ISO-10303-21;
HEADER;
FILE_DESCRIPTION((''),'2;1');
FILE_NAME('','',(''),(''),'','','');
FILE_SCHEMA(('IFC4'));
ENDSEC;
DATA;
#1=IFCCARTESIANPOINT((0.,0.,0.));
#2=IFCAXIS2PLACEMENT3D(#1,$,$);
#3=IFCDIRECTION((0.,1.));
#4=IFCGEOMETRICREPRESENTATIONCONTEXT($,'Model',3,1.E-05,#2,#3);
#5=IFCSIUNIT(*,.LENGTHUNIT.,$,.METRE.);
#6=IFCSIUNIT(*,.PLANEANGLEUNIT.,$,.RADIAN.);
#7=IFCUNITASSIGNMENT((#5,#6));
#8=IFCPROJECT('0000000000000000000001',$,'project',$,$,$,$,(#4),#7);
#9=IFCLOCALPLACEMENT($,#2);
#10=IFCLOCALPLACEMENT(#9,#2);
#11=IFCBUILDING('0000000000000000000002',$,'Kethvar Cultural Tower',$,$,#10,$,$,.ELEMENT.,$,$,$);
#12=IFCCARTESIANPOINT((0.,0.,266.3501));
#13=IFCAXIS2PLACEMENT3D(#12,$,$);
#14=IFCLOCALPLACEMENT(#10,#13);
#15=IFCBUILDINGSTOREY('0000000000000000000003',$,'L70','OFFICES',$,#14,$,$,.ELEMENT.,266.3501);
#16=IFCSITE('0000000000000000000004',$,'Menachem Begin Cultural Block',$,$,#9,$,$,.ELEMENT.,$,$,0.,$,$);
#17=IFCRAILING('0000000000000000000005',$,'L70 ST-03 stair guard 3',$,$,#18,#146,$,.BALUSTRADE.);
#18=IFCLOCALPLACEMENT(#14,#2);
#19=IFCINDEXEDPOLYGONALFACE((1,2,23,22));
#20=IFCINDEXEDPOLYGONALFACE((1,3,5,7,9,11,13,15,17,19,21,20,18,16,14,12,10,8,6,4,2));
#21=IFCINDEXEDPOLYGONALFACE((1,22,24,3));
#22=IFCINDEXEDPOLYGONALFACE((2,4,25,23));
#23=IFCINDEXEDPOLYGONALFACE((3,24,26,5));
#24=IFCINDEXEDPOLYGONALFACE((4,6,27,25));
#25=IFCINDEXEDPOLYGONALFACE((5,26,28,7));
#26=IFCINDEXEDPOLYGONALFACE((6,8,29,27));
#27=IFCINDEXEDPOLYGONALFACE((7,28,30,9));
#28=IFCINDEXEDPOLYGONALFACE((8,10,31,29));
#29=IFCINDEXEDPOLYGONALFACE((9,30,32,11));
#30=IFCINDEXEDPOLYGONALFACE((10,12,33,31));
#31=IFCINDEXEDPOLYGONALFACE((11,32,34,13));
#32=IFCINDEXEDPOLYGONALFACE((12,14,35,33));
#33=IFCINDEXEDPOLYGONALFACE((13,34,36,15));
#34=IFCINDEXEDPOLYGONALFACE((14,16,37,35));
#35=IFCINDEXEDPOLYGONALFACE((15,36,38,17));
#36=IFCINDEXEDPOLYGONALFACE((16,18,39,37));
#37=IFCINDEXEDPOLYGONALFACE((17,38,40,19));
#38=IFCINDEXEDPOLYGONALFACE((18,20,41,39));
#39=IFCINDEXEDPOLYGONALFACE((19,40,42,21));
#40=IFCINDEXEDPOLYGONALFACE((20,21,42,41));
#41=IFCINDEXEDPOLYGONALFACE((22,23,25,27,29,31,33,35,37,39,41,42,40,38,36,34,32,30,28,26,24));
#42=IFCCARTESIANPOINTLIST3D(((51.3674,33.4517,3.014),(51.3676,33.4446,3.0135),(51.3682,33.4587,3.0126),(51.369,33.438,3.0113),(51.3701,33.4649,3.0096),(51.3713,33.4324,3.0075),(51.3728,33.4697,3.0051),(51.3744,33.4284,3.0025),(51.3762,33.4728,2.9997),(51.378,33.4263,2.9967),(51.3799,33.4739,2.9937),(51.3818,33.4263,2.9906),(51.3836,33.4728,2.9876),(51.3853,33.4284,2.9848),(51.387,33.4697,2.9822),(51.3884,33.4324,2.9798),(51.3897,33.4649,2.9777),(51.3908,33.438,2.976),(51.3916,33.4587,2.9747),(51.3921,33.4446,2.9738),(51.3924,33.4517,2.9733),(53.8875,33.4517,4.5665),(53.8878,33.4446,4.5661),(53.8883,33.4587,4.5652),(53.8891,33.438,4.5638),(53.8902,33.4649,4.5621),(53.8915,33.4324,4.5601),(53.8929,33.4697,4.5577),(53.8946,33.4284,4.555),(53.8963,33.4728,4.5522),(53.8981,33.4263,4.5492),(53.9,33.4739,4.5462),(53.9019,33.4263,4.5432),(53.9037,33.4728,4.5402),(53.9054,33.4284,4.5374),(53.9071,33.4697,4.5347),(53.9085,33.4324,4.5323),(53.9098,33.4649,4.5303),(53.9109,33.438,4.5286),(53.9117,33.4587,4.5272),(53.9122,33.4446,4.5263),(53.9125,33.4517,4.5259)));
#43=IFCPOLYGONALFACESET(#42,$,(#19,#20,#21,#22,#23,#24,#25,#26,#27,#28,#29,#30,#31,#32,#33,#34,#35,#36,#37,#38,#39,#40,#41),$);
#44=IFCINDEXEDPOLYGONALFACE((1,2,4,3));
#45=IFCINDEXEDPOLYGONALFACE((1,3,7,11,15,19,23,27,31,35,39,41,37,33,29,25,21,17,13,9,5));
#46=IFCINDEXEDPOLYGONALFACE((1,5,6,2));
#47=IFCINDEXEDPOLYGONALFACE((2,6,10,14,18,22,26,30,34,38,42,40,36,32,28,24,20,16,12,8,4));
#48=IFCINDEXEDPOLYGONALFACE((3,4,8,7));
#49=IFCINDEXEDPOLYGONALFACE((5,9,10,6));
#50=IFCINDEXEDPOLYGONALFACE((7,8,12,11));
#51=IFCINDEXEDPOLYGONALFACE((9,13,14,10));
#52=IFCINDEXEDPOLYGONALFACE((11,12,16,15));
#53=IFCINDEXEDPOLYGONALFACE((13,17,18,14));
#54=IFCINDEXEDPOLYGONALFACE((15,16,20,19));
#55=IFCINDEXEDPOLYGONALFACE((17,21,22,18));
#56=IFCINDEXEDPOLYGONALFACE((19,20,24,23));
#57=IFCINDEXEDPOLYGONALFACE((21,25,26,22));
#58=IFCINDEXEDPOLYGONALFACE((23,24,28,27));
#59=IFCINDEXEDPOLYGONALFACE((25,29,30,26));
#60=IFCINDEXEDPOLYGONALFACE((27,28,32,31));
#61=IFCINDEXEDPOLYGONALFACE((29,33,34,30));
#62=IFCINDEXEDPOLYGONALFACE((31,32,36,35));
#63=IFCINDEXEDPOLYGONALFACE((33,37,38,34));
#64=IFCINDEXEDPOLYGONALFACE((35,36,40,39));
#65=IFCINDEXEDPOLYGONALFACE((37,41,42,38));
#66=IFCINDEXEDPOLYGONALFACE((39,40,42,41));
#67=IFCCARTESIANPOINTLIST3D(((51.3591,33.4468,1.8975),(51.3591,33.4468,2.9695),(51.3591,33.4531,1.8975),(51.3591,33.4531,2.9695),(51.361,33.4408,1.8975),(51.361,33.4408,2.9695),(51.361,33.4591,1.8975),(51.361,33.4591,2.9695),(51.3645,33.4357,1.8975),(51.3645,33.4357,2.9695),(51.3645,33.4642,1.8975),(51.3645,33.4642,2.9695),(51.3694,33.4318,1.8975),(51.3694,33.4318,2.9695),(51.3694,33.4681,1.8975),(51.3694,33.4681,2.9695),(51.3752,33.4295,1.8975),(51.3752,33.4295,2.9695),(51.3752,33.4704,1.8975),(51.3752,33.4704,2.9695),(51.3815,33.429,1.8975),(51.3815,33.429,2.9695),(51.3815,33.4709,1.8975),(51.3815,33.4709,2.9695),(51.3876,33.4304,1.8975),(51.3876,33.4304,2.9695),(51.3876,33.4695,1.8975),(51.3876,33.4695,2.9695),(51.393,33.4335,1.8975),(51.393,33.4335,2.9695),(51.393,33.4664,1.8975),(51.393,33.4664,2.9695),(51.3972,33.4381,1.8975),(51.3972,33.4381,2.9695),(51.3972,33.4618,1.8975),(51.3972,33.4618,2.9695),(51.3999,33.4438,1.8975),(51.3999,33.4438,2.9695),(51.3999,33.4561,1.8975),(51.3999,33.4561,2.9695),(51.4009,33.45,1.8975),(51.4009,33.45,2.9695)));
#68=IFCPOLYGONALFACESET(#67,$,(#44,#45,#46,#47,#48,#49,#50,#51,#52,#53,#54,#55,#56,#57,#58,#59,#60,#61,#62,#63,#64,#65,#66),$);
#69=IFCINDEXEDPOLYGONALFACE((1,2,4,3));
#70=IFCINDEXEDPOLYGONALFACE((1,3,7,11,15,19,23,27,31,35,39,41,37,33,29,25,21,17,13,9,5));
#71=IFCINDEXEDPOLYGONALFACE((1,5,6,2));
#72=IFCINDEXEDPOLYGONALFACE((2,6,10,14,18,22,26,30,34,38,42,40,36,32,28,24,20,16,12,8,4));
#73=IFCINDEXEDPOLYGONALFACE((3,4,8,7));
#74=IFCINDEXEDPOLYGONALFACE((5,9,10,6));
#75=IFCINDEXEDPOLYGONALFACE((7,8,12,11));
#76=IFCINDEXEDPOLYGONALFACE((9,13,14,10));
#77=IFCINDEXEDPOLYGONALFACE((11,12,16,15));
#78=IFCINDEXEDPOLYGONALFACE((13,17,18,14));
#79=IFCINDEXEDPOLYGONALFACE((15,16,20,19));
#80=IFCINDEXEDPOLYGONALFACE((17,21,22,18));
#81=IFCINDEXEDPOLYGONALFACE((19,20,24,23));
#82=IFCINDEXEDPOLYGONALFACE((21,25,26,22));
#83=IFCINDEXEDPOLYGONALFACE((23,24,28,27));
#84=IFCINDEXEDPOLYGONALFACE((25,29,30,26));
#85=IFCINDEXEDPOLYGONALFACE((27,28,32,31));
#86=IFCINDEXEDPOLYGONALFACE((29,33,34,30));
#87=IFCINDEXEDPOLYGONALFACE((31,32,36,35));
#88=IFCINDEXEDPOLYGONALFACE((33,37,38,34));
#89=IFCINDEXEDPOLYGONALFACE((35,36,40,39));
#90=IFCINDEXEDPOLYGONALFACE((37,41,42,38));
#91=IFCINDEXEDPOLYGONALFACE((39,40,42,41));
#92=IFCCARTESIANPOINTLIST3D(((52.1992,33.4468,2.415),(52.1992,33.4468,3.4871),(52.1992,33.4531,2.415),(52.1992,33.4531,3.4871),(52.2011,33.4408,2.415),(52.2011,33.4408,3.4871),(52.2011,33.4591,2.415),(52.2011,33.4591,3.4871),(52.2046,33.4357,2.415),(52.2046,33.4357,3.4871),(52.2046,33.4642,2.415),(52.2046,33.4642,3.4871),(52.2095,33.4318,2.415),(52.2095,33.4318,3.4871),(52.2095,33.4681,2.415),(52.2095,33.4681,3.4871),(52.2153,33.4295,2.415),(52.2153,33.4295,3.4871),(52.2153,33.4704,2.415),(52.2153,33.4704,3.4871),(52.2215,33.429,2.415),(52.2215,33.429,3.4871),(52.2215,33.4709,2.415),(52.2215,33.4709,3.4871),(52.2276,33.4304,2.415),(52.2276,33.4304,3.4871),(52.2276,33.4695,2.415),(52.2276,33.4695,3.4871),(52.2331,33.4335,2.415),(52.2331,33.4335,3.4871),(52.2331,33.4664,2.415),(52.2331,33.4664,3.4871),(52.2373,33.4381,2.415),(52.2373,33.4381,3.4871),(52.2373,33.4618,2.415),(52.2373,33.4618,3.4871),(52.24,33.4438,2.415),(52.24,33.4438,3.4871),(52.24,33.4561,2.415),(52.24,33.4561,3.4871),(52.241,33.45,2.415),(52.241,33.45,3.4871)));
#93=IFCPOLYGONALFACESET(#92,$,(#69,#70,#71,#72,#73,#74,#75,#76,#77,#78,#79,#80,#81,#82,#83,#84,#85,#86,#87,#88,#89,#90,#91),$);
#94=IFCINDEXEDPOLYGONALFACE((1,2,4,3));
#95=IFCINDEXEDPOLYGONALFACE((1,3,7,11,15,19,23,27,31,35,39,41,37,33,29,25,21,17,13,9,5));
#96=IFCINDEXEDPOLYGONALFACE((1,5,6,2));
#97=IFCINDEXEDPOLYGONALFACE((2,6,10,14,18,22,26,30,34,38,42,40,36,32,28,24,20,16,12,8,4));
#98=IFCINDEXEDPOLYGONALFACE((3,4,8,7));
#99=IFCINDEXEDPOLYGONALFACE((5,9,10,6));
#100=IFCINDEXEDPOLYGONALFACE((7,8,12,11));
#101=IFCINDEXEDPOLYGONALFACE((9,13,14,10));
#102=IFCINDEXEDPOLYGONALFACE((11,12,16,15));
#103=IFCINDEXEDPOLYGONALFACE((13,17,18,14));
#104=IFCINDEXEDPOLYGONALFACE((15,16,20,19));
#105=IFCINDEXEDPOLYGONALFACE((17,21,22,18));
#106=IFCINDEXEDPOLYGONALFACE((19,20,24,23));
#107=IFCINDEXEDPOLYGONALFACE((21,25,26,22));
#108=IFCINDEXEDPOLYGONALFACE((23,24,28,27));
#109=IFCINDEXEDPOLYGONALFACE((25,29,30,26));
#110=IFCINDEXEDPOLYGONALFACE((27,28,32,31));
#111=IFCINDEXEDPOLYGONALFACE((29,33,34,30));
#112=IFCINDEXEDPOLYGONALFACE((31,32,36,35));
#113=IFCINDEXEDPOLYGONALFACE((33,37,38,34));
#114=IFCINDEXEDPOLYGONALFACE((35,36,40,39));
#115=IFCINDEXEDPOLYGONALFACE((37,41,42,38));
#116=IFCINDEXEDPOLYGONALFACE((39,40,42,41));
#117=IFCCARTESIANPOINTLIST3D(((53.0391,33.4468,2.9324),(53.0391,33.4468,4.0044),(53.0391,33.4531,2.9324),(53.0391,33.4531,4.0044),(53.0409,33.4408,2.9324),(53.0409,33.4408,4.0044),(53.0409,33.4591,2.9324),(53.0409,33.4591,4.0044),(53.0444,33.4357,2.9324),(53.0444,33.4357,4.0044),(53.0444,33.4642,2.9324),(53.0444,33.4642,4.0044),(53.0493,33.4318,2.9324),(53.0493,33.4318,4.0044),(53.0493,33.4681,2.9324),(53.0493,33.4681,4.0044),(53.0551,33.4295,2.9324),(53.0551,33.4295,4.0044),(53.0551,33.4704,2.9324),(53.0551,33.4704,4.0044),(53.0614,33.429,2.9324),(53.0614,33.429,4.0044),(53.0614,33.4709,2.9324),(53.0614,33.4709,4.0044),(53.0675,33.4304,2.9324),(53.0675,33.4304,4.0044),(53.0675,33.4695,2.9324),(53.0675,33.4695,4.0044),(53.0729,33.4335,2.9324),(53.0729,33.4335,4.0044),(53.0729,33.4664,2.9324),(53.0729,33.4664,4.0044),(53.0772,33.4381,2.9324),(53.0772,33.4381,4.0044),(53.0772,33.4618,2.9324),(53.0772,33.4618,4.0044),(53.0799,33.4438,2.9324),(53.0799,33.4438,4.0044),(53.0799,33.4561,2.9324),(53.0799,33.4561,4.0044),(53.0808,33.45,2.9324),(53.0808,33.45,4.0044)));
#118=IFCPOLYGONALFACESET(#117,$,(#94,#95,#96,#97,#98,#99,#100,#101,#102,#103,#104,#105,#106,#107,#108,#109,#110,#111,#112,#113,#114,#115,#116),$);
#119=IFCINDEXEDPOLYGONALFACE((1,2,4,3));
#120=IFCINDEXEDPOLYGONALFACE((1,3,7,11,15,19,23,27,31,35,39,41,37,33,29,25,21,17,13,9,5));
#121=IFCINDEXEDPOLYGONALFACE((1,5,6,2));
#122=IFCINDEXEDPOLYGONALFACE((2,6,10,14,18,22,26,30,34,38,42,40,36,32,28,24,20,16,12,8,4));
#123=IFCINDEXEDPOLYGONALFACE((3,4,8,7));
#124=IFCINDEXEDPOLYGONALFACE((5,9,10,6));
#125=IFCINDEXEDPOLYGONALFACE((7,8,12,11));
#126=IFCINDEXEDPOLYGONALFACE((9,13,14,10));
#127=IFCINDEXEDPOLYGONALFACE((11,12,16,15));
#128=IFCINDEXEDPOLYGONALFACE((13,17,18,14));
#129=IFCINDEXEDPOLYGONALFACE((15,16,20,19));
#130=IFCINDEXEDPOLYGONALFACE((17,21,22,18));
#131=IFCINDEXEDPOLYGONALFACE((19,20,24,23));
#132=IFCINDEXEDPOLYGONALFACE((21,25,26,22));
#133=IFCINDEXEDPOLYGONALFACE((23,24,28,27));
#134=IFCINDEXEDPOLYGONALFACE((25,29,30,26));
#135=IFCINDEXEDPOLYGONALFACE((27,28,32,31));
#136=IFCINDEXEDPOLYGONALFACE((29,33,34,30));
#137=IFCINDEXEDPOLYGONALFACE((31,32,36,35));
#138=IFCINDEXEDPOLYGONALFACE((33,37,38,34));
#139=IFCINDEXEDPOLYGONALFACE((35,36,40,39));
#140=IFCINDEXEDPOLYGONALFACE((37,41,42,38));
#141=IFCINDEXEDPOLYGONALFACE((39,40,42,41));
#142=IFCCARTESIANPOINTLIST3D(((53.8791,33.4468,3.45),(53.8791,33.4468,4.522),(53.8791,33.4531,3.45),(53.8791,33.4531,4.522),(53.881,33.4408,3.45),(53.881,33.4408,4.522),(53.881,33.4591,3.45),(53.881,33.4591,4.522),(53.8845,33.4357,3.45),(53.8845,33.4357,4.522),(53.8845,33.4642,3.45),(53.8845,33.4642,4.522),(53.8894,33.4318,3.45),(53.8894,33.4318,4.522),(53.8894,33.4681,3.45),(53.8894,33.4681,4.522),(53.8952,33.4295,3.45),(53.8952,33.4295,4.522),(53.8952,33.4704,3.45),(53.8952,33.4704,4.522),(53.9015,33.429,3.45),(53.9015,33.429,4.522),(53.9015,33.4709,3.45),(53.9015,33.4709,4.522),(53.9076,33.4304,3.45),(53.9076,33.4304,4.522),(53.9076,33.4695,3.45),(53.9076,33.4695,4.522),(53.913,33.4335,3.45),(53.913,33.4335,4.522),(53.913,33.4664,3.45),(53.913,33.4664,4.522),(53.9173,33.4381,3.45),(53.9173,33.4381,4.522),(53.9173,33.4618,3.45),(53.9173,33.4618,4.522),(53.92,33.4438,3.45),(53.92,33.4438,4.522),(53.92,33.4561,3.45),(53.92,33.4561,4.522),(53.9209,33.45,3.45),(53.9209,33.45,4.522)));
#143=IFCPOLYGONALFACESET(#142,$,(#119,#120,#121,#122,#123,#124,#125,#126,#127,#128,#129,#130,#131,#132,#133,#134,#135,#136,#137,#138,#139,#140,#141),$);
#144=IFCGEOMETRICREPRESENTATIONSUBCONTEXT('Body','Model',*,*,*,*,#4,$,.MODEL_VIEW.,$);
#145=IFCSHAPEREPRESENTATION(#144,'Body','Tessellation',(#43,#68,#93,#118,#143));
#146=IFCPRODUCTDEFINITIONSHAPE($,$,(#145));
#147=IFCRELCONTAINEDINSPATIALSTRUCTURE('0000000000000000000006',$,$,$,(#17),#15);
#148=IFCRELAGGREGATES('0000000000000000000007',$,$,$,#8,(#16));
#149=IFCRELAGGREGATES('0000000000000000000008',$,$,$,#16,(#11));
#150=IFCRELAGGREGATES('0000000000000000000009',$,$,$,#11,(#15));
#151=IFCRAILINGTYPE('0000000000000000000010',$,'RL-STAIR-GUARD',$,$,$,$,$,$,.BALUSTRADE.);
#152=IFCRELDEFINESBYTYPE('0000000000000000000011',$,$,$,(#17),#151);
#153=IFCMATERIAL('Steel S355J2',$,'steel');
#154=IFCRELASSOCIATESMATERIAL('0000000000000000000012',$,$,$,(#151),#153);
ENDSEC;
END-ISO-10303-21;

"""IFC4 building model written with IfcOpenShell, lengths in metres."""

from ifc_helpers import new_model, si_unit, direction, frame, origin, origin_2d, place, context, subcontext, project, spatial, circle, extrude, material, type_object, element, save


model = new_model("IFC4")

# Units and contexts
model_context = context("Model", 3, precision=1e-05, world=origin(), true_north=direction((0.0, 1.0)))
body_context = subcontext(model_context, "Body", "Model", "MODEL_VIEW")
ifc_project = project(units=[si_unit("LENGTHUNIT", "METRE"), si_unit("PLANEANGLEUNIT", "RADIAN")], contexts=[model_context])

# Site, building, storey
site_placement = place(None, origin())
site = spatial("IfcSite", under=ifc_project, at=site_placement, Name="Menachem Begin Cultural Block", CompositionType="ELEMENT", RefElevation=0.0)
building_placement = place(site_placement, origin())
building = spatial("IfcBuilding", under=site, at=building_placement, Name="Kethvar Cultural Tower", CompositionType="ELEMENT")
storey_placement = place(building_placement, frame((0.0, 0.0, 266.3501)))
storey = spatial("IfcBuildingStorey", under=building, at=storey_placement, Name="L70", Description="OFFICES", CompositionType="ELEMENT", Elevation=266.3501)

# Shared definitions
ifc_material_1 = material(Name="Steel S355J2", Category="steel")

# Railing
railing_type_1 = type_object("IfcRailingType", Name="RL-STAIR-GUARD", PredefinedType="BALUSTRADE", material=ifc_material_1)
railing_1_placement = place(storey_placement, frame((51.3799, 33.45, 1.8975)))
element("IfcRailing", 1, at=railing_1_placement, inside=storey, type_object=railing_type_1, Name="L70 ST-03 stair guard 3", PredefinedType="BALUSTRADE", context=body_context, shape_type="SweptSolid", body=[
    extrude(circle(Radius=0.0239, at=origin_2d()), frame((0.0, 0.0, 1.0962), z_axis=(0.8514, 0.0, 0.524516), x_axis=(0.0, 1.0, 0.0)), (0.0, 0.0, 1.0), 2.96),
    extrude(circle(Radius=0.021, at=origin_2d()), origin(), (0.0, 0.0, 1.0), 1.072),
    extrude(circle(Radius=0.021, at=origin_2d()), frame((0.8401, 0.0, 0.5176)), (0.0, 0.0, 1.0), 1.072),
    extrude(circle(Radius=0.021, at=origin_2d()), frame((1.6799, 0.0, 1.0349)), (0.0, 0.0, 1.0), 1.072),
    extrude(circle(Radius=0.021, at=origin_2d()), frame((2.52, 0.0, 1.5525)), (0.0, 0.0, 1.0), 1.072),
])

save(model, "model.ifc")
